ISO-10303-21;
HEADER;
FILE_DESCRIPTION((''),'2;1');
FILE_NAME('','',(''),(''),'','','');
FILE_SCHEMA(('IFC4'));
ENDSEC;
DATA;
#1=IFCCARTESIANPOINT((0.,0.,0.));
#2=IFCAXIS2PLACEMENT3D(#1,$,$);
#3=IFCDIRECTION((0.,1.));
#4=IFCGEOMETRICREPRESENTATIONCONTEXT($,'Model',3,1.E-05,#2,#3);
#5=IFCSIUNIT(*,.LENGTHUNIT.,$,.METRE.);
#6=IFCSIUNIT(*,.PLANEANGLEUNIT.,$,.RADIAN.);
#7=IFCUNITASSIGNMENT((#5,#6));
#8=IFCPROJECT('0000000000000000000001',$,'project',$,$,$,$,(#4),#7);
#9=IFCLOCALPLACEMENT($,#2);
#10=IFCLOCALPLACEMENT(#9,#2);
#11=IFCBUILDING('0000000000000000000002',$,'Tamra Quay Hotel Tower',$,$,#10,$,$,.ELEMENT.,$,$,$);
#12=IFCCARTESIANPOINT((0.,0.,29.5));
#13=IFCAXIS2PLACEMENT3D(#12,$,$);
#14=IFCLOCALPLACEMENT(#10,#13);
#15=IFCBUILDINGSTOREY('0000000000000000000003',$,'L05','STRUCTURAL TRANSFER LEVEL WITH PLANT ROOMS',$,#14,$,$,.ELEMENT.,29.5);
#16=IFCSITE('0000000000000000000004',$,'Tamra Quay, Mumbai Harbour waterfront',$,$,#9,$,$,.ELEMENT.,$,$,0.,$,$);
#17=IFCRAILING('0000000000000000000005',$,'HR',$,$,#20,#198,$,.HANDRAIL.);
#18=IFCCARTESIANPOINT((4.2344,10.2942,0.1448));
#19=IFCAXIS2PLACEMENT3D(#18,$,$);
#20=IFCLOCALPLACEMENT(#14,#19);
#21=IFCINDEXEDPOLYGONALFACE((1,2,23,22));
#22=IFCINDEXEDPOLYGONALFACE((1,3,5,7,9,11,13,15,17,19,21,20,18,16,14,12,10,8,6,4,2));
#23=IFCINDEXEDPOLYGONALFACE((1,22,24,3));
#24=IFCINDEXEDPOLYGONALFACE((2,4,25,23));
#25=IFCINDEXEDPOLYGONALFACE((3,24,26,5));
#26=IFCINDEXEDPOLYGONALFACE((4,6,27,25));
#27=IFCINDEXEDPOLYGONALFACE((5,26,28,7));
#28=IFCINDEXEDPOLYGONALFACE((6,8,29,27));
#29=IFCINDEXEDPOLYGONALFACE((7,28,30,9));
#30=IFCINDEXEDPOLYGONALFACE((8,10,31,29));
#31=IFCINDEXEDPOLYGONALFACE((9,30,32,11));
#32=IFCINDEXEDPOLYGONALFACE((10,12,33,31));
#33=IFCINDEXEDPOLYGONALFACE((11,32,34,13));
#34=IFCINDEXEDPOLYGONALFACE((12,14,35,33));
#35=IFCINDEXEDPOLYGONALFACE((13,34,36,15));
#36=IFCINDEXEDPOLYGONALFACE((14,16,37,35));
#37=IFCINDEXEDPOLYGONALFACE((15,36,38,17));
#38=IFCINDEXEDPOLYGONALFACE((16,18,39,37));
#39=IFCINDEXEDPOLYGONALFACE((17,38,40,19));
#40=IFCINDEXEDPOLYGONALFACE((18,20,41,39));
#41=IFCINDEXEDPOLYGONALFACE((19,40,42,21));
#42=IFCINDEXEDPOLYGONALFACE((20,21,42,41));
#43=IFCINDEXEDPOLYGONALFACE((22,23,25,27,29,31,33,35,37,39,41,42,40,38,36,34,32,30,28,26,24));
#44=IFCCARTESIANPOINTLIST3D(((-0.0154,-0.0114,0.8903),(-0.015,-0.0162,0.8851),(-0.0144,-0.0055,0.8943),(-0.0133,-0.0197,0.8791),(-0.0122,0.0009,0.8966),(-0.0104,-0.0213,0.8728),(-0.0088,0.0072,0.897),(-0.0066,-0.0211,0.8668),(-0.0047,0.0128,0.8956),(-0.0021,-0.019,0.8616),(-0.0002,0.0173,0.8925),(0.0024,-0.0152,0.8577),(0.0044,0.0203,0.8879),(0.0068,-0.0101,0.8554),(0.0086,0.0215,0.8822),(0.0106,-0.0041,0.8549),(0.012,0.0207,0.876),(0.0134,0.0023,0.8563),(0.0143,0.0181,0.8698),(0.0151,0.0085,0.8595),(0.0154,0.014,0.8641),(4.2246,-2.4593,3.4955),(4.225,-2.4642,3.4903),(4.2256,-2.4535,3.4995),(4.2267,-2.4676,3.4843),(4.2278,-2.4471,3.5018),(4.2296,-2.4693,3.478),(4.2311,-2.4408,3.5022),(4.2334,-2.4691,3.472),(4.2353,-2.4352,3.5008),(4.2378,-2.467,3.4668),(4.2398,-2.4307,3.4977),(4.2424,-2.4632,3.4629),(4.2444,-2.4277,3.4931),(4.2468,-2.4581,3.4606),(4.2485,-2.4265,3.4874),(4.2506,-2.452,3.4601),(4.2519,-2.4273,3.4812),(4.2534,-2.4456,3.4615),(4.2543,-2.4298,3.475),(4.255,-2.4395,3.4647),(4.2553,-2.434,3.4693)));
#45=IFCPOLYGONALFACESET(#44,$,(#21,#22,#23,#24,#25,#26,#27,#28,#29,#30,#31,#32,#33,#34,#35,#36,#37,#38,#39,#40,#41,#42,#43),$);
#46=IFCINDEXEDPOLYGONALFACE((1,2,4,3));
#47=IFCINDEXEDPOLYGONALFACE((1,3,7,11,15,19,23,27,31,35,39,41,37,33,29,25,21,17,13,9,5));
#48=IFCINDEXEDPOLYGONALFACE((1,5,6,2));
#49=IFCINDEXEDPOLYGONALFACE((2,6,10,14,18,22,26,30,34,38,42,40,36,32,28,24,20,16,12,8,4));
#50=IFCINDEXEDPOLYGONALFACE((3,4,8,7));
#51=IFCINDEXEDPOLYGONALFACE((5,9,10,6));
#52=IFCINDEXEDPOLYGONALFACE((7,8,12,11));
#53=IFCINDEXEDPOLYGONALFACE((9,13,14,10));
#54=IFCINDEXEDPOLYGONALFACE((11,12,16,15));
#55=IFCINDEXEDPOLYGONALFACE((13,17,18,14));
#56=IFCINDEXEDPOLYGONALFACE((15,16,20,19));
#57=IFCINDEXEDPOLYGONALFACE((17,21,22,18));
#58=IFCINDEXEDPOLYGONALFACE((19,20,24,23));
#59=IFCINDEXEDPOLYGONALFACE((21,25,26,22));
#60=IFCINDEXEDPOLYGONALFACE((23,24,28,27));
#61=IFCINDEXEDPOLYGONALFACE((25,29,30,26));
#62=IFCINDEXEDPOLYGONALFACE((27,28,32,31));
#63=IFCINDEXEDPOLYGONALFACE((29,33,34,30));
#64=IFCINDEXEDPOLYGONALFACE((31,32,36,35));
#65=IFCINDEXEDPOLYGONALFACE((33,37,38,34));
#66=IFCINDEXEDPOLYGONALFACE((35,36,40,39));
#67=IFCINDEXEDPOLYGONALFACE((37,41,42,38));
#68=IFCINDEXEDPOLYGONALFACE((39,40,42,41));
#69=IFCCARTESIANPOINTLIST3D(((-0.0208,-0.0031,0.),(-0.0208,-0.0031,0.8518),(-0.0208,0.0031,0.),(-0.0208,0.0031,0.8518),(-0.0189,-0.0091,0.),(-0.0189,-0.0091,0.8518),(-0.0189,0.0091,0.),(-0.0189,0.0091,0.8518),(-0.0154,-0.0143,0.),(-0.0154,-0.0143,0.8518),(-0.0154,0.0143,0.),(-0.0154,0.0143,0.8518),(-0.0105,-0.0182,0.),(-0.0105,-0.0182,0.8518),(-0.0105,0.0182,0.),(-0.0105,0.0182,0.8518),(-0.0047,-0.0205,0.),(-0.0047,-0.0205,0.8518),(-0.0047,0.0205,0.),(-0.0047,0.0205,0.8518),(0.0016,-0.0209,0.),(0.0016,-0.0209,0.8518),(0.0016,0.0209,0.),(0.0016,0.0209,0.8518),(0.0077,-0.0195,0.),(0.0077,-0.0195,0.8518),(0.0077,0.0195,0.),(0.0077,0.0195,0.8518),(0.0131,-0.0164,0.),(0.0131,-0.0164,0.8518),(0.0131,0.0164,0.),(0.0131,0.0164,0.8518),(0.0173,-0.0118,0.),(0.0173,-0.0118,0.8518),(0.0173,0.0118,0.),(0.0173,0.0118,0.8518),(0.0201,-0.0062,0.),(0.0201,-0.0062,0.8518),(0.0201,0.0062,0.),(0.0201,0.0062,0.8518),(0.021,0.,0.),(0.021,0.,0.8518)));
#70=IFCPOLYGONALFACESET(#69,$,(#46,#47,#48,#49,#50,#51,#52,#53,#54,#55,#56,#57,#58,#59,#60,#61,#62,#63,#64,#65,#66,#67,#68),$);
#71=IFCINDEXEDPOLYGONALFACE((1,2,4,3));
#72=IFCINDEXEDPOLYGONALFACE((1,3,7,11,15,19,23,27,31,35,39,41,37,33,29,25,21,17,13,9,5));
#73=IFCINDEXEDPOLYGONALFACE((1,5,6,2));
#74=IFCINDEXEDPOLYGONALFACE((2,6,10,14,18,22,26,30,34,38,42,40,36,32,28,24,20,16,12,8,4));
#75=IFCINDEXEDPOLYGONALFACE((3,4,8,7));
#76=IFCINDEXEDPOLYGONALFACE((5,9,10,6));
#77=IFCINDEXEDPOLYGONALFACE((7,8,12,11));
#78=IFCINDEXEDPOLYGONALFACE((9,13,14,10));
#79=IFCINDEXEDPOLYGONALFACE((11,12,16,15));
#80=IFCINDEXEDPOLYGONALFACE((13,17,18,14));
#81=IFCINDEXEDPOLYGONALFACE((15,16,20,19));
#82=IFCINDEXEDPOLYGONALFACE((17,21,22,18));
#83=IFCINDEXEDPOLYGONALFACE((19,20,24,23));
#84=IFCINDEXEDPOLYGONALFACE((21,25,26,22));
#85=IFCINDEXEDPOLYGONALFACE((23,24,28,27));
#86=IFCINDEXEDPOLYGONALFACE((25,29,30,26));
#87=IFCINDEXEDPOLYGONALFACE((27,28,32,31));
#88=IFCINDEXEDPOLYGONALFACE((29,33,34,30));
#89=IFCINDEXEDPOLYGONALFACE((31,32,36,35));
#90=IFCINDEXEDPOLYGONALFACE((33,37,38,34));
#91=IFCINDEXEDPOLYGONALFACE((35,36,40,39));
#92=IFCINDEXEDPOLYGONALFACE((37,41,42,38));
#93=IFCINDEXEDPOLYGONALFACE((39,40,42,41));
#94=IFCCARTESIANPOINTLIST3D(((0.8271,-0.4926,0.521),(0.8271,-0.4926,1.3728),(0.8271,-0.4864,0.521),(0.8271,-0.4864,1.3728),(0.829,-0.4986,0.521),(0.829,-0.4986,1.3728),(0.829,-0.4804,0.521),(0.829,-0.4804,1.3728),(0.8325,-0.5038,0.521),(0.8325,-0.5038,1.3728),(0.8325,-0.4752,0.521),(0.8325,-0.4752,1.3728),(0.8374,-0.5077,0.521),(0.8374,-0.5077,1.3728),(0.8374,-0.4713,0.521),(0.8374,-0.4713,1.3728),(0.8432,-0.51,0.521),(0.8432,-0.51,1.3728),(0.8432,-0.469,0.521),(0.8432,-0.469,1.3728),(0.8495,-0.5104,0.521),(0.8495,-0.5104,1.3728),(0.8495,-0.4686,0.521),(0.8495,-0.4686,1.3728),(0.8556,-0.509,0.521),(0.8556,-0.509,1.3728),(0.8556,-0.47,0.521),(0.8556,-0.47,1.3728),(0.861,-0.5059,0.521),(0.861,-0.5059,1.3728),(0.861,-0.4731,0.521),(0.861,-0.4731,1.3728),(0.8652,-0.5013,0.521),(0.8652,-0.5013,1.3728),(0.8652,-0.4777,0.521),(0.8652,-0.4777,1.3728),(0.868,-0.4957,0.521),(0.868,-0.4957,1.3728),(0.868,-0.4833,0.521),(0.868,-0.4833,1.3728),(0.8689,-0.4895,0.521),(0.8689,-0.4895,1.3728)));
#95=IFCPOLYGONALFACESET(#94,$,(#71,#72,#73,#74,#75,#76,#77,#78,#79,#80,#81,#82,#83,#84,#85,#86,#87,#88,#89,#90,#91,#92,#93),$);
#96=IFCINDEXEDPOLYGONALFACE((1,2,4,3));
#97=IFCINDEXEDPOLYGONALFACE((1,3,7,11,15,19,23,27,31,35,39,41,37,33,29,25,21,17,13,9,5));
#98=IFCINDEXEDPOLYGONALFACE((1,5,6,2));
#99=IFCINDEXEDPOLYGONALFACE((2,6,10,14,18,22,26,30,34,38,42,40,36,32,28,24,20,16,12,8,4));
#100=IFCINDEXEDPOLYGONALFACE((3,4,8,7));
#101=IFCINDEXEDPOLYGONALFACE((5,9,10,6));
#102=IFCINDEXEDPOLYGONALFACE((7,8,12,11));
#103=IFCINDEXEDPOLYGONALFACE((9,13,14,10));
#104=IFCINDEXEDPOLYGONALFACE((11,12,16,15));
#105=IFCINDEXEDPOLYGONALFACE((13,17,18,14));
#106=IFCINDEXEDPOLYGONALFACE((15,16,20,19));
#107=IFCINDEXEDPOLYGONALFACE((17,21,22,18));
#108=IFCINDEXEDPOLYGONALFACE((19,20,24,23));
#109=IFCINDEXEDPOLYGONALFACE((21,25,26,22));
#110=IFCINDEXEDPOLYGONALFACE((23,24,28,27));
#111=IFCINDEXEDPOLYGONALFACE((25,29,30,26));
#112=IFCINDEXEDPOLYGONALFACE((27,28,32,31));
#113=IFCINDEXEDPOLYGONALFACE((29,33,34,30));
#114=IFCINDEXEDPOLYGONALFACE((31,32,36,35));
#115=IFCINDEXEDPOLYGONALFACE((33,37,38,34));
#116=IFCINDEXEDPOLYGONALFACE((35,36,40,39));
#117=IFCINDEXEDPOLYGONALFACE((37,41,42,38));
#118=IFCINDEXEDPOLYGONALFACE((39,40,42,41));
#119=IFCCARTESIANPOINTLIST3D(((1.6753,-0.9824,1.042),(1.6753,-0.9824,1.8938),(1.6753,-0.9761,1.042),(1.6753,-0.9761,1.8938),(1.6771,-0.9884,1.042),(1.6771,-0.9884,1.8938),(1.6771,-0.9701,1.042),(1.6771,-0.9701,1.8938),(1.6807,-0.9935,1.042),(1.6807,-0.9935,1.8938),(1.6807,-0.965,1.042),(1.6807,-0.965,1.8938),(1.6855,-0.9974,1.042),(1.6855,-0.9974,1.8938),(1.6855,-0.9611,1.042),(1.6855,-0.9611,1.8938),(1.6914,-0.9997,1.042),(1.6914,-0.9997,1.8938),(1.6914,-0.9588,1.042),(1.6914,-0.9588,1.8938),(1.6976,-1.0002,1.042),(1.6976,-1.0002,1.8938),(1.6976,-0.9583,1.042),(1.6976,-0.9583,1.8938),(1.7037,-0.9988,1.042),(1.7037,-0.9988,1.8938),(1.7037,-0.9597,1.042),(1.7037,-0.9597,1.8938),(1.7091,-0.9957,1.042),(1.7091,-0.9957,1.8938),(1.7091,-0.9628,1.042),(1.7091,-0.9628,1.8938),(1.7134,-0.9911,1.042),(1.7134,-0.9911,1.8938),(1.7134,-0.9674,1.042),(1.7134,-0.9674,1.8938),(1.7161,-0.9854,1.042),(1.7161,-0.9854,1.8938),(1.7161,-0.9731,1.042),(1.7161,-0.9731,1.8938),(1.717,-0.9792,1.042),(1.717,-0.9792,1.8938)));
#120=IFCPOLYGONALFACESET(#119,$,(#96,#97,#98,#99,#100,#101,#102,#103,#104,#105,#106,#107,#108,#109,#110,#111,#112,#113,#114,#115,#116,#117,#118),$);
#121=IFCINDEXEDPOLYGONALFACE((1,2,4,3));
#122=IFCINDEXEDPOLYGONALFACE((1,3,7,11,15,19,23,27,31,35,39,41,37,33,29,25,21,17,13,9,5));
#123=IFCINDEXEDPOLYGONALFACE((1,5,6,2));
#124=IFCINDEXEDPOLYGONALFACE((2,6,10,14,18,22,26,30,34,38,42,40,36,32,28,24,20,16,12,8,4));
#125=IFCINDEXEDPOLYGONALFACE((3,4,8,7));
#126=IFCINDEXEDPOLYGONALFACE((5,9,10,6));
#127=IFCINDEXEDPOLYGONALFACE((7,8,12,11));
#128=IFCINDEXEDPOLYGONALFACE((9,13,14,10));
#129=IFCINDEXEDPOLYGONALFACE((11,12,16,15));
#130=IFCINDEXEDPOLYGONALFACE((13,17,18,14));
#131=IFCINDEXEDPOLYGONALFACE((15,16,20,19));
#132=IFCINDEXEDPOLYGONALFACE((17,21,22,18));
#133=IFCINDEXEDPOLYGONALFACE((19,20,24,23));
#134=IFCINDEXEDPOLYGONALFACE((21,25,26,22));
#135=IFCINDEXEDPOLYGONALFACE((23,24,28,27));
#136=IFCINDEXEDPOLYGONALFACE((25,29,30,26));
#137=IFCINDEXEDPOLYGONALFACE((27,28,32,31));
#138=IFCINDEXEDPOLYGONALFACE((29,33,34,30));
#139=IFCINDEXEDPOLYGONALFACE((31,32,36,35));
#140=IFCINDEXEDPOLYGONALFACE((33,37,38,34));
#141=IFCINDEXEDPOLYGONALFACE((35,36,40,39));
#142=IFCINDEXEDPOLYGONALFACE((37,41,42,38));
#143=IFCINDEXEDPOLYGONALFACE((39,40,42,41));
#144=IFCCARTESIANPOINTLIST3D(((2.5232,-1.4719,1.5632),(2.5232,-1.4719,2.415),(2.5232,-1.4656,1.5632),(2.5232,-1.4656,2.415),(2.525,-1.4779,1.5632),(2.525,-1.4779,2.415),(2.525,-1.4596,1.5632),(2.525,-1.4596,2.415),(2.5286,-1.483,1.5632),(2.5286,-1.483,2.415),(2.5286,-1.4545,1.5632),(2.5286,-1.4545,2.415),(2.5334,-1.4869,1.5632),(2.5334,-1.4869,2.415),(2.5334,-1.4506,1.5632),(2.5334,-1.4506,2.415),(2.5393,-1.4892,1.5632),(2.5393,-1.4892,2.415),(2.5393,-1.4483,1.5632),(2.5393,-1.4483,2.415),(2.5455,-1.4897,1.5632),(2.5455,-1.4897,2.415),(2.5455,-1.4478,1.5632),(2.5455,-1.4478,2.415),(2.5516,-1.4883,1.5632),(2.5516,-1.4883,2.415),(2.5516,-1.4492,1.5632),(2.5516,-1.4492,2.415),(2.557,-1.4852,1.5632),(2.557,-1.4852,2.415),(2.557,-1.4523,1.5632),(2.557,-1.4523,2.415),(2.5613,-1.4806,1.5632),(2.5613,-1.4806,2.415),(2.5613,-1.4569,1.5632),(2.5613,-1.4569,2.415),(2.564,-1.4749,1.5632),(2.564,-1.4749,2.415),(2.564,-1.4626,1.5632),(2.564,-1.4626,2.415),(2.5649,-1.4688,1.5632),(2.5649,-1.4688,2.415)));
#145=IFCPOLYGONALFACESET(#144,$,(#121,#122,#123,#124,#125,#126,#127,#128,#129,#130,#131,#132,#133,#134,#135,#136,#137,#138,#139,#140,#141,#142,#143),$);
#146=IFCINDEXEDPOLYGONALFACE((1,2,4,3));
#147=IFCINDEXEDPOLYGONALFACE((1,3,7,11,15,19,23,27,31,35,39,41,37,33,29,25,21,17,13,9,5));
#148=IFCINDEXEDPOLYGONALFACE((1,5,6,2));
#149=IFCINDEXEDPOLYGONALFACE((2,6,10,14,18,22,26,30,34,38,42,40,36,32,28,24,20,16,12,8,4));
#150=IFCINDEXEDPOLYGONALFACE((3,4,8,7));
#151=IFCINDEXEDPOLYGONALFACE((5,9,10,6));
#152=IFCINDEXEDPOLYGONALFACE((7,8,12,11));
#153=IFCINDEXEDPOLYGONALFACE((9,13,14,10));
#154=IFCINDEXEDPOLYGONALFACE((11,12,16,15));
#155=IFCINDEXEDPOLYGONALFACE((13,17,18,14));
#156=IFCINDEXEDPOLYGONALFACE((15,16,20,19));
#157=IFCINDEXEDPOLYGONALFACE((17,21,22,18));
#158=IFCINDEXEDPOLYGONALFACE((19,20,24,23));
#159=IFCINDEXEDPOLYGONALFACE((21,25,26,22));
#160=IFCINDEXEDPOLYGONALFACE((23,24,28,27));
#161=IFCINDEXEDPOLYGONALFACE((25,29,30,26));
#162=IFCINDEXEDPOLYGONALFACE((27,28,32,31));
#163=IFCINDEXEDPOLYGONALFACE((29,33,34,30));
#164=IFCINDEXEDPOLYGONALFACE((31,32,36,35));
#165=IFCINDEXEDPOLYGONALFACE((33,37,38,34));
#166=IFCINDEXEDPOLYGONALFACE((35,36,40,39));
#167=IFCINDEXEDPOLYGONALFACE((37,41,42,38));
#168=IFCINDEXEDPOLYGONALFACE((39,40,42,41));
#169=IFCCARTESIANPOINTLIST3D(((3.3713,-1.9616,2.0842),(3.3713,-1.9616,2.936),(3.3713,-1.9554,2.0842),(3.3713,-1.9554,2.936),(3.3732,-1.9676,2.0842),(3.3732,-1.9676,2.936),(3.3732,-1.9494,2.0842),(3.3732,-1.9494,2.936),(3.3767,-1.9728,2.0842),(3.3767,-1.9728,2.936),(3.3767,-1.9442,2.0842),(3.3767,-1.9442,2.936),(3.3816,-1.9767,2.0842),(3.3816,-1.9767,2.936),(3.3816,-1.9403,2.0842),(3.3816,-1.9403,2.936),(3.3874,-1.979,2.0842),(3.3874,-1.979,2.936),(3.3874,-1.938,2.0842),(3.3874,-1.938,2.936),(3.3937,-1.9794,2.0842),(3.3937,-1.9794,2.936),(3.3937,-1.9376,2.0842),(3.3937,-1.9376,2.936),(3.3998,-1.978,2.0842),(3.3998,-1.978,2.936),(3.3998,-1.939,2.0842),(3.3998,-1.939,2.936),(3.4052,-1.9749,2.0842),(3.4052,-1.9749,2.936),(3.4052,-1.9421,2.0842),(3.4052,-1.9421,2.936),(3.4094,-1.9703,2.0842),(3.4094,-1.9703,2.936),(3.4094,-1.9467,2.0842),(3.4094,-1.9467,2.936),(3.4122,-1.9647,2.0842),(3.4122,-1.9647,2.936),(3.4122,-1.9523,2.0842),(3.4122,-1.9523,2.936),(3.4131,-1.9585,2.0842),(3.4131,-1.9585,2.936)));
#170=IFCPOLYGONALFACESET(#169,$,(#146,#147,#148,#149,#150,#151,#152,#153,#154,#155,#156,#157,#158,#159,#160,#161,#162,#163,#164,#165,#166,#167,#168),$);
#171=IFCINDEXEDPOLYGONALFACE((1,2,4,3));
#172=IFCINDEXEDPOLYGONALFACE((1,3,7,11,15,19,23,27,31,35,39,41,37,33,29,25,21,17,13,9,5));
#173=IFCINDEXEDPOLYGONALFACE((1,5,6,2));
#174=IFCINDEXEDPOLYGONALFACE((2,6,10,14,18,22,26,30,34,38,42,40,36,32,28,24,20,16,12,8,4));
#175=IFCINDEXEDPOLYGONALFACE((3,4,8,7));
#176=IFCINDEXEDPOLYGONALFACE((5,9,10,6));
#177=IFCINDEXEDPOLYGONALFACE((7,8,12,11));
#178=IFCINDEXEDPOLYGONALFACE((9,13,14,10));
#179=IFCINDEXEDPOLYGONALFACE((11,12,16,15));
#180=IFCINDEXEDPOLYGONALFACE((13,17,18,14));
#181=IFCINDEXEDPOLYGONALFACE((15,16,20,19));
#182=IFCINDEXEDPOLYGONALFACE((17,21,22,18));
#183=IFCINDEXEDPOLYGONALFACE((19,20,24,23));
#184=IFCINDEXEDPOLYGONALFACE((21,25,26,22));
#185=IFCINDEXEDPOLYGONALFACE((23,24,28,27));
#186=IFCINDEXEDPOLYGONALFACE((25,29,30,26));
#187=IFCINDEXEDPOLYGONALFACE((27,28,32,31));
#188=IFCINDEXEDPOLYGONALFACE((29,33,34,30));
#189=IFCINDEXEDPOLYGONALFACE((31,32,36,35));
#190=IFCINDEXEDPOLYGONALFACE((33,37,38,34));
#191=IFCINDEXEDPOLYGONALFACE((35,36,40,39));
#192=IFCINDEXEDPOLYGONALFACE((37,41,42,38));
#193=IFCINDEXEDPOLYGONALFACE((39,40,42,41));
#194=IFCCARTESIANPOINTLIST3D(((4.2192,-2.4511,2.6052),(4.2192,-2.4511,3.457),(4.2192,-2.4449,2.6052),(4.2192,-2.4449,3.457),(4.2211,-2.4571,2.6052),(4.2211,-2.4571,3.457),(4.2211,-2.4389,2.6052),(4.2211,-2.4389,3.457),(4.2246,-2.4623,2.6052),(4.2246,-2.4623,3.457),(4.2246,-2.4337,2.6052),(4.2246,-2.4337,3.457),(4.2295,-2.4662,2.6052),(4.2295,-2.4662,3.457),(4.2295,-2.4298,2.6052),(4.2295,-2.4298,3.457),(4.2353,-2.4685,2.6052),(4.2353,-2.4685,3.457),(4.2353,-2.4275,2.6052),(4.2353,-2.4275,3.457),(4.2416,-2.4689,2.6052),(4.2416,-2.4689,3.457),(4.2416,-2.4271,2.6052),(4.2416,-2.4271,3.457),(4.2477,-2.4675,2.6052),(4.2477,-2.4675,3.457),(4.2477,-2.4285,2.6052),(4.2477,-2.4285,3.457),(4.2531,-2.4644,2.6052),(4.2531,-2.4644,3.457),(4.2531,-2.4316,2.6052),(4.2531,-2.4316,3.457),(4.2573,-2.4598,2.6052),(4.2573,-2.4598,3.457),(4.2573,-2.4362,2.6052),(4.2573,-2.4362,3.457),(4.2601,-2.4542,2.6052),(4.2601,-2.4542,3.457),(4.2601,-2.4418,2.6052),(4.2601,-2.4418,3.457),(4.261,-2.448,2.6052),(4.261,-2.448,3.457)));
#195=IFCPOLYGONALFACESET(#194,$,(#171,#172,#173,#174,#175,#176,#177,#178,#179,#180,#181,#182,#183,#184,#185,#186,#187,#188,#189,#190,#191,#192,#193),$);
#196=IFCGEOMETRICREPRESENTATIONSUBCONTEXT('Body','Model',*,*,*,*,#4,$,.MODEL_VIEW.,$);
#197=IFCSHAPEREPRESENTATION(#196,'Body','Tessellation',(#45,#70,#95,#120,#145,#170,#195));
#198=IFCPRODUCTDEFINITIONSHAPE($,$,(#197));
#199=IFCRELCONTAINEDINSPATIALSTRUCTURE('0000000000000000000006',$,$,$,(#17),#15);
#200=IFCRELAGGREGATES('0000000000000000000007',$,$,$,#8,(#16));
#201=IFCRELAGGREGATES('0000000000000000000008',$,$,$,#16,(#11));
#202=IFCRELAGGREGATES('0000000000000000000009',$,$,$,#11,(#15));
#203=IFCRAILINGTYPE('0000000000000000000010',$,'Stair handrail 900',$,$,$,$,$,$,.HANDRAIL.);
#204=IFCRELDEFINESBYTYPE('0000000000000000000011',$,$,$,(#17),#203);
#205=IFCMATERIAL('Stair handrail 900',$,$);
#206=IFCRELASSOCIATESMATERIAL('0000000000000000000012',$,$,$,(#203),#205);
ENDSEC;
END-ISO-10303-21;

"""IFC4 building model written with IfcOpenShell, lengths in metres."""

from ifc_helpers import new_model, si_unit, direction, frame, origin, origin_2d, place, context, subcontext, project, spatial, circle, extrude, material, type_object, element, save


model = new_model("IFC4")

# Units and contexts
model_context = context("Model", 3, precision=1e-05, world=origin(), true_north=direction((0.0, 1.0)))
body_context = subcontext(model_context, "Body", "Model", "MODEL_VIEW")
ifc_project = project(units=[si_unit("LENGTHUNIT", "METRE"), si_unit("PLANEANGLEUNIT", "RADIAN")], contexts=[model_context])

# Site, building, storey
site_placement = place(None, origin())
site = spatial("IfcSite", under=ifc_project, at=site_placement, Name="Tamra Quay, Mumbai Harbour waterfront", CompositionType="ELEMENT", RefElevation=0.0)
building_placement = place(site_placement, origin())
building = spatial("IfcBuilding", under=site, at=building_placement, Name="Tamra Quay Hotel Tower", CompositionType="ELEMENT")
storey_placement = place(building_placement, frame((0.0, 0.0, 29.5)))
storey = spatial("IfcBuildingStorey", under=building, at=storey_placement, Name="L05", Description="STRUCTURAL TRANSFER LEVEL WITH PLANT ROOMS", CompositionType="ELEMENT", Elevation=29.5)

# Railing
ifc_material_1 = material(Name="Stair handrail 900")
railing_type_1 = type_object("IfcRailingType", Name="Stair handrail 900", PredefinedType="HANDRAIL", material=ifc_material_1)
railing_1_placement = place(storey_placement, frame((4.2344, 10.2942, 0.1448)))
element("IfcRailing", 1, at=railing_1_placement, inside=storey, type_object=railing_type_1, Name="HR", PredefinedType="HANDRAIL", context=body_context, shape_type="SweptSolid", body=[
    extrude(circle(Radius=0.0239, at=origin_2d()), frame((0.0, 0.0, 0.876), z_axis=(0.764522, -0.441404, 0.469754), x_axis=(0.500006, 0.866022, 0.0)), (0.0, 0.0, 1.0), 5.5459),
    extrude(circle(Radius=0.021, at=origin_2d()), origin(), (0.0, 0.0, 1.0), 0.8518),
    extrude(circle(Radius=0.021, at=origin_2d()), frame((0.8479, -0.4895, 0.521)), (0.0, 0.0, 1.0), 0.8518),
    extrude(circle(Radius=0.021, at=origin_2d()), frame((1.696, -0.9792, 1.042)), (0.0, 0.0, 1.0), 0.8518),
    extrude(circle(Radius=0.021, at=origin_2d()), frame((2.5439, -1.4688, 1.5632)), (0.0, 0.0, 1.0), 0.8518),
    extrude(circle(Radius=0.021, at=origin_2d()), frame((3.3921, -1.9585, 2.0842)), (0.0, 0.0, 1.0), 0.8518),
    extrude(circle(Radius=0.021, at=origin_2d()), frame((4.24, -2.448, 2.6052)), (0.0, 0.0, 1.0), 0.8518),
])

save(model, "model.ifc")
